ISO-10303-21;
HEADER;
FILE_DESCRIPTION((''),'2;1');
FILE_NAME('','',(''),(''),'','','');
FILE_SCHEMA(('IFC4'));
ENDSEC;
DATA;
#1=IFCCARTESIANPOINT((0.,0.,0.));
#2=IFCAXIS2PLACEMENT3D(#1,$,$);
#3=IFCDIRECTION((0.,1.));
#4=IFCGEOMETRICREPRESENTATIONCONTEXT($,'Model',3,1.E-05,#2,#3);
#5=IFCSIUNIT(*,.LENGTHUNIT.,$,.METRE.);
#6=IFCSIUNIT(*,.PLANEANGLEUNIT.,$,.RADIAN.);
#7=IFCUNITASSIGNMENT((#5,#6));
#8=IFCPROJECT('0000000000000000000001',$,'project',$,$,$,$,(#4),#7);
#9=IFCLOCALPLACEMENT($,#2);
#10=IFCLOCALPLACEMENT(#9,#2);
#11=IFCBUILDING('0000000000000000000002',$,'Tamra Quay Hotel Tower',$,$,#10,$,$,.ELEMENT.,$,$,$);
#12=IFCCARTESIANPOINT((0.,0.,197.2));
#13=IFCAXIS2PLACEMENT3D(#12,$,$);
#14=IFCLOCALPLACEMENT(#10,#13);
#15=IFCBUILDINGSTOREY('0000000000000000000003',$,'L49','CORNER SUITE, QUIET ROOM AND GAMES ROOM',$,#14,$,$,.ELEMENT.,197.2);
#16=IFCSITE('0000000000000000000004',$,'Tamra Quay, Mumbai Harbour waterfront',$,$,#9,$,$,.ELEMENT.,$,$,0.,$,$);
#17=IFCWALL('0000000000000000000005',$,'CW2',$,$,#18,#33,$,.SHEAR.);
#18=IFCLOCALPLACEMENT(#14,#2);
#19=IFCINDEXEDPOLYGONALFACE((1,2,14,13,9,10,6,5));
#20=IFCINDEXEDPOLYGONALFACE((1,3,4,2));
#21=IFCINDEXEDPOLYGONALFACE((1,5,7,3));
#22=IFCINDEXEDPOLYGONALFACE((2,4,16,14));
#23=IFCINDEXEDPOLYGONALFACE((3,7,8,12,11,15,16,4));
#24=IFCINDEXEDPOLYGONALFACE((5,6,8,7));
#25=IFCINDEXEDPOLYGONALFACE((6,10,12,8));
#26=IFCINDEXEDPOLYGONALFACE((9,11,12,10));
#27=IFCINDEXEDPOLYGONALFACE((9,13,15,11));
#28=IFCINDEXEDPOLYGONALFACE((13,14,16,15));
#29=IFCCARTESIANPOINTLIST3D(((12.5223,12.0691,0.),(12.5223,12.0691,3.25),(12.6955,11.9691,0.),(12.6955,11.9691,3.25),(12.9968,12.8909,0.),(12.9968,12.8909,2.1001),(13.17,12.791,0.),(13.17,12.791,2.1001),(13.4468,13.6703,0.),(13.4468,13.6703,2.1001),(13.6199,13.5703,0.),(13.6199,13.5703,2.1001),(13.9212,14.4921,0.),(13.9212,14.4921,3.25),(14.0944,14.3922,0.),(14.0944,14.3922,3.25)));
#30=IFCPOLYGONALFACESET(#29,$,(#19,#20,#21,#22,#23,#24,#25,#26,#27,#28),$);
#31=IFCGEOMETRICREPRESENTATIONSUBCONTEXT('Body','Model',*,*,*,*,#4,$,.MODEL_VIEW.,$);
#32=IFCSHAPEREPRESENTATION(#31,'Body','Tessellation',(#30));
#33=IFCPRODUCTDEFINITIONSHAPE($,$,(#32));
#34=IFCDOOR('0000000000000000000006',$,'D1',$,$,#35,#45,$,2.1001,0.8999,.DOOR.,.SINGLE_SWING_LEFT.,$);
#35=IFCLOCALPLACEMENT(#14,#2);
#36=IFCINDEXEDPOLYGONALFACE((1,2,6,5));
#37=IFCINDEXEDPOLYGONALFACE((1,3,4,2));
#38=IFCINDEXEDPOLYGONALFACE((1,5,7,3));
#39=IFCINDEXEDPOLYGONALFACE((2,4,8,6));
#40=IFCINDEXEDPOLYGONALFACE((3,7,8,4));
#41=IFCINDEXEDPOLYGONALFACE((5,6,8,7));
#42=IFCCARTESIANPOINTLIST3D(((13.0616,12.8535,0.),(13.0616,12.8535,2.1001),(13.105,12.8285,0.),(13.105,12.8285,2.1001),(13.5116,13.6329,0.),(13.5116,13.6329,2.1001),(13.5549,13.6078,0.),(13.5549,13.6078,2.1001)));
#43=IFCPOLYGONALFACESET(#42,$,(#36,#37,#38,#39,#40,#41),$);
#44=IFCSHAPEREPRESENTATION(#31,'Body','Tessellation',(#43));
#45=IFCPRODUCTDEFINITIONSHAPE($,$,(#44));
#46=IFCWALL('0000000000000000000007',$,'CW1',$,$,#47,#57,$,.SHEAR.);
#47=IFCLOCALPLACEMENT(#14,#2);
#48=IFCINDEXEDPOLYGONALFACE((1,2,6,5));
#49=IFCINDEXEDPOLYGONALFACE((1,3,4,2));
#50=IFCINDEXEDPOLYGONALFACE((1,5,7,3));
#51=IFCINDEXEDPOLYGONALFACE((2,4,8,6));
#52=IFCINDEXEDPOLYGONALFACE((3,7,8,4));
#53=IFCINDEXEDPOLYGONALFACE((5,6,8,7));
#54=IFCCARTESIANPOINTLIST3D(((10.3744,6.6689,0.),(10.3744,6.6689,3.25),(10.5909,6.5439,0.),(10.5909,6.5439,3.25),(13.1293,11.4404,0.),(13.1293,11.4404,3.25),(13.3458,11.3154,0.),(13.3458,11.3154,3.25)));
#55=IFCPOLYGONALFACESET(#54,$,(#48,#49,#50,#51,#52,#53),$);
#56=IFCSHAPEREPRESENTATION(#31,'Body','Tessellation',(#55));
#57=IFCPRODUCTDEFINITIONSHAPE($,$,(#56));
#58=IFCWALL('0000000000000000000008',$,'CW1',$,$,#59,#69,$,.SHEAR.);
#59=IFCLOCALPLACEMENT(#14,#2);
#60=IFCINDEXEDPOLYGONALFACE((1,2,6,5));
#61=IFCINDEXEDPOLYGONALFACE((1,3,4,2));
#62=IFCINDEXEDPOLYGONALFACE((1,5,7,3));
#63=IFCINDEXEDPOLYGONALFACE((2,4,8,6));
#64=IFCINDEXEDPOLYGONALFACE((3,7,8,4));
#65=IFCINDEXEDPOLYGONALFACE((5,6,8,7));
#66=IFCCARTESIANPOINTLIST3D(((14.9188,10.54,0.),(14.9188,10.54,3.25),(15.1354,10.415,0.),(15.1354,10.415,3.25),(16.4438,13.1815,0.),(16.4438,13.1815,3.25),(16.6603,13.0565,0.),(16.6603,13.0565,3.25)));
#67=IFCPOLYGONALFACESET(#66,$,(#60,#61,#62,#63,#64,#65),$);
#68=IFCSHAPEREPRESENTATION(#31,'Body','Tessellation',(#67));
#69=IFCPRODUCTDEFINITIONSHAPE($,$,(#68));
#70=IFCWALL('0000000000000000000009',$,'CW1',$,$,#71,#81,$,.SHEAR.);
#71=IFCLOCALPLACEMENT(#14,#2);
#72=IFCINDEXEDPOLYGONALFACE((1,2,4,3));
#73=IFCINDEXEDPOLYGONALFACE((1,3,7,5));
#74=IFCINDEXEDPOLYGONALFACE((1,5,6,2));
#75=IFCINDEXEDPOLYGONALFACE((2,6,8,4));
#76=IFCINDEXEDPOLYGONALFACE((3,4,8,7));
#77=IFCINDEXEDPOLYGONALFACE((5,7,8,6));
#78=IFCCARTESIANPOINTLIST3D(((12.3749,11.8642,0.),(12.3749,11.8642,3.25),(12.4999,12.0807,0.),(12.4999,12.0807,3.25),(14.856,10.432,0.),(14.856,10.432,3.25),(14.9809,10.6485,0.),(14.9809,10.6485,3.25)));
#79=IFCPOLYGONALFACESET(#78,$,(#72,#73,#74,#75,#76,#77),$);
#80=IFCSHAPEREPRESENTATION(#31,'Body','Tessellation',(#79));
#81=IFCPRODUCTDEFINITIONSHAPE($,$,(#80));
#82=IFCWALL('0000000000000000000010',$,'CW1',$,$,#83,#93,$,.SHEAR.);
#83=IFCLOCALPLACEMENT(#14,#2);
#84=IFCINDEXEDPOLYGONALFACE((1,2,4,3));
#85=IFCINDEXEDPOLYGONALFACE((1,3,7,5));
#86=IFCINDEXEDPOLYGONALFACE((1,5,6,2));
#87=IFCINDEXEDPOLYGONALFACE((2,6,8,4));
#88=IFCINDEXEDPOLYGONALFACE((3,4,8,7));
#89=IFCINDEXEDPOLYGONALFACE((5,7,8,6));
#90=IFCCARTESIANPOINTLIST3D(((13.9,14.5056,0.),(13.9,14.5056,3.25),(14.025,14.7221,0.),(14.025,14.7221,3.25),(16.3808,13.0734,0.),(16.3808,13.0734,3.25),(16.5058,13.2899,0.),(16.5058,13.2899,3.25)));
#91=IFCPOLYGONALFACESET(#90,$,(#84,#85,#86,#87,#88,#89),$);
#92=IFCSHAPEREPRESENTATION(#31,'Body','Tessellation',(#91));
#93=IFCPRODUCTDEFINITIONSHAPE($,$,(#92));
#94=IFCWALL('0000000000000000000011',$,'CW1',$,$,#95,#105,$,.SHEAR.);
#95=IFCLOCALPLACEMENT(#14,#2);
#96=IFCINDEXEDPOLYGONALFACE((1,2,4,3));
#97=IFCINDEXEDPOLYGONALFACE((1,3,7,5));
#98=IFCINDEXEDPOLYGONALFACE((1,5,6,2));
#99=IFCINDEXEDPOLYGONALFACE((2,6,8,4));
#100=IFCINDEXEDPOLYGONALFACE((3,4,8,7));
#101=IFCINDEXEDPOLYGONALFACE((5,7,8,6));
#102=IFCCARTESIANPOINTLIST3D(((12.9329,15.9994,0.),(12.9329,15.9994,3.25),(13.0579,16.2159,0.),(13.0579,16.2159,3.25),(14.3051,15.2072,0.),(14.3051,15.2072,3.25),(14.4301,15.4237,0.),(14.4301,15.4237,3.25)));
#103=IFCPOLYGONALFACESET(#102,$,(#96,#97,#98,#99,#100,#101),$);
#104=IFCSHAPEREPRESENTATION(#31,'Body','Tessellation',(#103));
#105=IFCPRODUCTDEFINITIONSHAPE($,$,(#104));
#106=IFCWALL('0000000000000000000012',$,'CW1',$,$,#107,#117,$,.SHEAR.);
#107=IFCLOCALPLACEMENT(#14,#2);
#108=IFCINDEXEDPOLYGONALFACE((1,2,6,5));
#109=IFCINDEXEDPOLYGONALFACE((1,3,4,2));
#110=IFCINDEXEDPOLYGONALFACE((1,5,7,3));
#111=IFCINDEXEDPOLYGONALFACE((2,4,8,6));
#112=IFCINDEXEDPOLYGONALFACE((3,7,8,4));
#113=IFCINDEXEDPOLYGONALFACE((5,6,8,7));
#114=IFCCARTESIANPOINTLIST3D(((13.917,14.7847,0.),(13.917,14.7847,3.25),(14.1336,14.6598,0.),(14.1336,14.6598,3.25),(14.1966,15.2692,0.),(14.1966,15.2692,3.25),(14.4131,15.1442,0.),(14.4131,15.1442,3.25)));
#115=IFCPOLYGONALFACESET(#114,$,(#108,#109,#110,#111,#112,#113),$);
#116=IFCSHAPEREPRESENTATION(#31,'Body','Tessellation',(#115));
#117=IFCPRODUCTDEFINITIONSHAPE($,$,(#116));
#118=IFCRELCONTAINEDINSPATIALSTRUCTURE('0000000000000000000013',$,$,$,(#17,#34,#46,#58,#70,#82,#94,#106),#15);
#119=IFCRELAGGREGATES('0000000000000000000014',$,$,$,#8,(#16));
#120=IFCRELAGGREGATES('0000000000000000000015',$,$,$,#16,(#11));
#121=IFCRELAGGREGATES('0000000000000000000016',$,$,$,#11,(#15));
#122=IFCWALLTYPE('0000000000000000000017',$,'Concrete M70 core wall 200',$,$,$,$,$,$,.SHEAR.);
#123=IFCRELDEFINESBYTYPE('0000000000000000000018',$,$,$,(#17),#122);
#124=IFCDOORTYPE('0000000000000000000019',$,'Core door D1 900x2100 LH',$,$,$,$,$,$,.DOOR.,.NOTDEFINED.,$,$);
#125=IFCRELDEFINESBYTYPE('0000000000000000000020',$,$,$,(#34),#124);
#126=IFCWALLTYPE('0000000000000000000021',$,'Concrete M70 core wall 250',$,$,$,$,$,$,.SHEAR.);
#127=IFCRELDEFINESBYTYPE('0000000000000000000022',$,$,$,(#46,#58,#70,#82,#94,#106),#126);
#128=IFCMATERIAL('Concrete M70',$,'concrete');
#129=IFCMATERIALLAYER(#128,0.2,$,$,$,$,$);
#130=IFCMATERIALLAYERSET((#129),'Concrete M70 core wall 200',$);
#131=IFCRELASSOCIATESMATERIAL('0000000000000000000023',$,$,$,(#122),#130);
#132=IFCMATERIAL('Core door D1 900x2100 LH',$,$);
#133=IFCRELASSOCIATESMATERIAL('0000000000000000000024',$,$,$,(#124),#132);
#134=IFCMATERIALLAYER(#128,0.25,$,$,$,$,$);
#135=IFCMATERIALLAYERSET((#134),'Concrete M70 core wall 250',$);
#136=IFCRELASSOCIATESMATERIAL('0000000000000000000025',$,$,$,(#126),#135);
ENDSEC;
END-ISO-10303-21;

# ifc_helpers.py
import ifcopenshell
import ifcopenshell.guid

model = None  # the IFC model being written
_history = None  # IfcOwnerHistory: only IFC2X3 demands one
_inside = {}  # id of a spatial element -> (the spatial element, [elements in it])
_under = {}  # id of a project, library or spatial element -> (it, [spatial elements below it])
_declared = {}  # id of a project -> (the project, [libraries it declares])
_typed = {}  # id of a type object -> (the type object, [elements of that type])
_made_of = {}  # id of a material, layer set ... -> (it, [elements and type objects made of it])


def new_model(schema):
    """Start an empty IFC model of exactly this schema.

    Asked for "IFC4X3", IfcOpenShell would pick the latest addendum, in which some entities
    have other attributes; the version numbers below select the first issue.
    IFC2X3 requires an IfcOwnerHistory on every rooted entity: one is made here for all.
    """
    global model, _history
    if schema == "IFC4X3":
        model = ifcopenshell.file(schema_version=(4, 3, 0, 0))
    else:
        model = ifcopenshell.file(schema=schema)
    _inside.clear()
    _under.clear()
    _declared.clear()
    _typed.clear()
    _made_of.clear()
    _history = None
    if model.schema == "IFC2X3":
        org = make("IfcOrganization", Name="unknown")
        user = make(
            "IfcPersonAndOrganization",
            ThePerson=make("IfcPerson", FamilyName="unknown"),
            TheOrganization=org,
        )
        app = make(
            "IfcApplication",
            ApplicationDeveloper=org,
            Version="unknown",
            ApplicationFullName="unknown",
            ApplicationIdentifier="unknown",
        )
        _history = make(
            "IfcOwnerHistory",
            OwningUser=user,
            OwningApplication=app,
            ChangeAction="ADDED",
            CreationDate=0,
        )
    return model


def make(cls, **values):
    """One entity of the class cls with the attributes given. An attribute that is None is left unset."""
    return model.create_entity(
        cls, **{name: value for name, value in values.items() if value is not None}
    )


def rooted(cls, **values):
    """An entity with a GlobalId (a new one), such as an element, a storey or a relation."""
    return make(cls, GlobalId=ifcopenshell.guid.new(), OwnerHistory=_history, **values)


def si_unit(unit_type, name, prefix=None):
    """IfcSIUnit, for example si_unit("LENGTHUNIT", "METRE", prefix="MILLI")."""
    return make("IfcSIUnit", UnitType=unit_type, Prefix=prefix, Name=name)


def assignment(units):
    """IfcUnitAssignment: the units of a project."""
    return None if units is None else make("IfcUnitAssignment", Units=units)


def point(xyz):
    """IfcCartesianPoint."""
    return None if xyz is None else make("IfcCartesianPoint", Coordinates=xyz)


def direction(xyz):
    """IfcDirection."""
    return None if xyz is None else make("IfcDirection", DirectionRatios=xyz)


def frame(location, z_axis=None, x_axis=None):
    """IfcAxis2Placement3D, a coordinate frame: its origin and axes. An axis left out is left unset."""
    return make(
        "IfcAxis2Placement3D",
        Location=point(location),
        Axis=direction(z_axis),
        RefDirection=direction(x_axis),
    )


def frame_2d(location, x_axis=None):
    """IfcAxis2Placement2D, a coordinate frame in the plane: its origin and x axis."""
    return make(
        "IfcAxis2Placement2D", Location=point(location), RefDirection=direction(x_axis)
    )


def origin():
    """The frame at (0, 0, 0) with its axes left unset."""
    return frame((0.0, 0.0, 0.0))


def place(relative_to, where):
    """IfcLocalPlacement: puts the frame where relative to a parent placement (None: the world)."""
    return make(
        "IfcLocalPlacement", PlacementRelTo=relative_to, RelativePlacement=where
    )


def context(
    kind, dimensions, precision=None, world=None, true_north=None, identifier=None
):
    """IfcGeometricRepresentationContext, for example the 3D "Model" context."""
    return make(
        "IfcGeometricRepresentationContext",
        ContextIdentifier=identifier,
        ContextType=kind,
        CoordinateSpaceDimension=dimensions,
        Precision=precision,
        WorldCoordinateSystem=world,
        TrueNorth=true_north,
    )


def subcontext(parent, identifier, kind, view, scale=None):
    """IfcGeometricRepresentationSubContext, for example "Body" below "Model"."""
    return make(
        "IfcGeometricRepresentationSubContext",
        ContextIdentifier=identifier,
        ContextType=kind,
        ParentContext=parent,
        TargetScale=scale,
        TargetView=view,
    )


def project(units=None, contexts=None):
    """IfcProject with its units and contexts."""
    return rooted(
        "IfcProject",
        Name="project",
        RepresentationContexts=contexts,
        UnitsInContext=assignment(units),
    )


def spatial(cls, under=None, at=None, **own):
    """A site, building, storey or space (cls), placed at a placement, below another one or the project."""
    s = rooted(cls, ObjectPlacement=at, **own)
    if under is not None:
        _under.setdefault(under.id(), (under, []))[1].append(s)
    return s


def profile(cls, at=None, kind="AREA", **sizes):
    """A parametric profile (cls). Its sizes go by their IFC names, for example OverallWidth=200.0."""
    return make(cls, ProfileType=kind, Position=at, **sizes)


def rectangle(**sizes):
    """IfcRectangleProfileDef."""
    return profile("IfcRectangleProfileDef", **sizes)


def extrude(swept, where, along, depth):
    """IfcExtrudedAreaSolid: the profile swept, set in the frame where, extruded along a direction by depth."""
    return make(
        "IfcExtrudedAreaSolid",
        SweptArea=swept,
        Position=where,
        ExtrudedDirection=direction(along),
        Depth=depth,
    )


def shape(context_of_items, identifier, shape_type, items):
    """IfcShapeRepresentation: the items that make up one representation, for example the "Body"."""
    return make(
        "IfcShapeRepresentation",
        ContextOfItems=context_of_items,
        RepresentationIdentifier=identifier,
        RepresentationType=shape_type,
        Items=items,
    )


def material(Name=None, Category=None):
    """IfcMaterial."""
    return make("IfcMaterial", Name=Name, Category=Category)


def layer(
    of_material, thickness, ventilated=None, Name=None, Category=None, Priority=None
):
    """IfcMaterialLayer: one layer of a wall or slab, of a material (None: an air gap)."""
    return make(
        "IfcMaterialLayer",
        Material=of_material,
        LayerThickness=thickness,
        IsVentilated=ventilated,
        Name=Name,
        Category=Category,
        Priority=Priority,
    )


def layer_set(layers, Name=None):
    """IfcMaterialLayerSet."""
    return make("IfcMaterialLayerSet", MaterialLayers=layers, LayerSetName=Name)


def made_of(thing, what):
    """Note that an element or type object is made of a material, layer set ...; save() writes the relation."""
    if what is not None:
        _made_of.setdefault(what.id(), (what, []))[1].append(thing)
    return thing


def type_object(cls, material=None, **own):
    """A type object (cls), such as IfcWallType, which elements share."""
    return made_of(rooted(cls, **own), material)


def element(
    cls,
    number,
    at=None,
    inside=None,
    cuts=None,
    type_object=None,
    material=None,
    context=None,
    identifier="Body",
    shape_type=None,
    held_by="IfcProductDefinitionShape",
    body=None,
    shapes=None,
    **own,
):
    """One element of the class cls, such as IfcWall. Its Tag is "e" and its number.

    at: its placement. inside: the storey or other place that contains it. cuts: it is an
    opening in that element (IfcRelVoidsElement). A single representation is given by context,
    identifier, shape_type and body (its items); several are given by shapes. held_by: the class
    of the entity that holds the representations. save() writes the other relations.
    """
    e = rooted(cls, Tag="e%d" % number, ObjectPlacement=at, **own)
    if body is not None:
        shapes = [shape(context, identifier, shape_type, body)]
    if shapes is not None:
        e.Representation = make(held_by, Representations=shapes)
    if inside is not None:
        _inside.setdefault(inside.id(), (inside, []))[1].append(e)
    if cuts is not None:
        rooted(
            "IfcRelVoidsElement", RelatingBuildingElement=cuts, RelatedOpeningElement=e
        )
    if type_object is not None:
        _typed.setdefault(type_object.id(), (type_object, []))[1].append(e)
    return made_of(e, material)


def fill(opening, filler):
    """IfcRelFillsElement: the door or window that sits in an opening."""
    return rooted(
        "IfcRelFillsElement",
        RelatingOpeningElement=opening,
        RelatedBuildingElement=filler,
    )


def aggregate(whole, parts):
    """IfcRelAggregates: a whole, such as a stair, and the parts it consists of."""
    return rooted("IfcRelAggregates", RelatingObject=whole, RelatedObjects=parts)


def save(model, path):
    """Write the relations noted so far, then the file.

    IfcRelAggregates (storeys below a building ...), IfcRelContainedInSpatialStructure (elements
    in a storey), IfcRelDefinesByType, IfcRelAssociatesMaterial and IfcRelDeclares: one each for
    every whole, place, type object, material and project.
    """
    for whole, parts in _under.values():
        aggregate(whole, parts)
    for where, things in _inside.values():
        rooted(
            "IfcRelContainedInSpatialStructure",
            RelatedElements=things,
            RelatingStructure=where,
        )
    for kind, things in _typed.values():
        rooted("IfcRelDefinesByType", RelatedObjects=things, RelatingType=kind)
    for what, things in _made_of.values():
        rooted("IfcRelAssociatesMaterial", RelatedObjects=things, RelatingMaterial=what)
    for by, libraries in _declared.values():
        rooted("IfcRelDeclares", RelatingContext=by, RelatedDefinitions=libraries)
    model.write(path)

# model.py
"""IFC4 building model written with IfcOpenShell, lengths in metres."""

from ifc_helpers import new_model, si_unit, direction, frame, frame_2d, origin, place, context, subcontext, project, spatial, rectangle, extrude, material, layer, layer_set, type_object, element, fill, save


model = new_model("IFC4")

# Units and contexts
model_context = context("Model", 3, precision=1e-05, world=origin(), true_north=direction((0.0, 1.0)))
body_context = subcontext(model_context, "Body", "Model", "MODEL_VIEW")
ifc_project = project(units=[si_unit("LENGTHUNIT", "METRE"), si_unit("PLANEANGLEUNIT", "RADIAN")], contexts=[model_context])

# Site, building, storey
site_placement = place(None, origin())
site = spatial("IfcSite", under=ifc_project, at=site_placement, Name="Tamra Quay, Mumbai Harbour waterfront", CompositionType="ELEMENT", RefElevation=0.0)
building_placement = place(site_placement, origin())
building = spatial("IfcBuilding", under=site, at=building_placement, Name="Tamra Quay Hotel Tower", CompositionType="ELEMENT")
storey_placement = place(building_placement, frame((0.0, 0.0, 197.2)))
storey = spatial("IfcBuildingStorey", under=building, at=storey_placement, Name="L49", Description="CORNER SUITE, QUIET ROOM AND GAMES ROOM", CompositionType="ELEMENT", Elevation=197.2)

# Shared definitions
ifc_material_1 = material(Name="Concrete M70", Category="concrete")

# Wall, opening, door
ifc_layer_1 = layer(ifc_material_1, 0.2)
ifc_layer_set_1 = layer_set([ifc_layer_1], Name="Concrete M70 core wall 200")
wall_type_1 = type_object("IfcWallType", Name="Concrete M70 core wall 200", PredefinedType="SHEAR", material=ifc_layer_set_1)
wall_1_placement = place(storey_placement, frame((14.0078, 14.4421, 0.0), z_axis=(0.0, 0.0, 1.0), x_axis=(-0.499987, -0.866033, 0.0)))
wall_1 = element("IfcWall", 1, at=wall_1_placement, inside=storey, type_object=wall_type_1, Name="CW2", PredefinedType="SHEAR", context=body_context, shape_type="SweptSolid", body=[
    extrude(rectangle(XDim=2.7979, YDim=0.2, at=frame_2d((1.3989, 0.0))), origin(), (0.0, 0.0, 1.0), 3.25),
])
opening_placement = place(wall_1_placement, frame((0.949, 0.0, 0.0)))
opening = element("IfcOpeningElement", 2, at=opening_placement, cuts=wall_1, PredefinedType="OPENING", context=body_context, shape_type="SweptSolid", body=[
    extrude(rectangle(XDim=0.8999, YDim=2.1001, at=frame_2d((0.45, 1.05))), frame((0.0, 0.1099, 0.0), z_axis=(0.0, -1.0, 0.0), x_axis=(1.0, 0.0, 0.0)), (0.0, 0.0, 1.0), 0.22),
])
ifc_material_2 = material(Name="Core door D1 900x2100 LH")
door_type = type_object("IfcDoorType", Name="Core door D1 900x2100 LH", OperationType="NOTDEFINED", PredefinedType="DOOR", material=ifc_material_2)
door_placement = place(opening_placement, origin())
door = element("IfcDoor", 3, at=door_placement, inside=storey, type_object=door_type, Name="D1", OperationType="SINGLE_SWING_LEFT", OverallHeight=2.1001, OverallWidth=0.8999, PredefinedType="DOOR", context=body_context, shape_type="SweptSolid", body=[
    extrude(rectangle(XDim=0.8999, YDim=2.1001, at=frame_2d((0.45, 1.05))), frame((0.0, 0.0249, 0.0), z_axis=(0.0, -1.0, 0.0), x_axis=(1.0, 0.0, 0.0)), (0.0, 0.0, 1.0), 0.05),
])
fill(opening, door)

# Walls
ifc_layer_2 = layer(ifc_material_1, 0.25)
ifc_layer_set_2 = layer_set([ifc_layer_2], Name="Concrete M70 core wall 250")
wall_type_2 = type_object("IfcWallType", Name="Concrete M70 core wall 250", PredefinedType="SHEAR", material=ifc_layer_set_2)
wall_2_placement = place(storey_placement, frame((13.2375, 11.3779, 0.0), z_axis=(0.0, 0.0, 1.0), x_axis=(-0.500009, -0.86602, 0.0)))
element("IfcWall", 4, at=wall_2_placement, inside=storey, type_object=wall_type_2, Name="CW1", PredefinedType="SHEAR", context=body_context, shape_type="SweptSolid", body=[
    extrude(rectangle(XDim=5.5098, YDim=0.25, at=frame_2d((2.7549, 0.0))), origin(), (0.0, 0.0, 1.0), 3.25),
])
wall_3_placement = place(storey_placement, frame((16.552, 13.1189, 0.0), z_axis=(0.0, 0.0, 1.0), x_axis=(-0.499979, -0.866038, 0.0)))
element("IfcWall", 5, at=wall_3_placement, inside=storey, type_object=wall_type_2, Name="CW1", PredefinedType="SHEAR", context=body_context, shape_type="SweptSolid", body=[
    extrude(rectangle(XDim=3.05, YDim=0.25, at=frame_2d((1.5249, 0.0))), origin(), (0.0, 0.0, 1.0), 3.25),
])
wall_4_placement = place(storey_placement, frame((14.9185, 10.5403, 0.0), z_axis=(0.0, 0.0, 1.0), x_axis=(-0.866064, 0.499934, 0.0)))
element("IfcWall", 6, at=wall_4_placement, inside=storey, type_object=wall_type_2, Name="CW1", PredefinedType="SHEAR", context=body_context, shape_type="SweptSolid", body=[
    extrude(rectangle(XDim=2.8647, YDim=0.25, at=frame_2d((1.4324, 0.0))), origin(), (0.0, 0.0, 1.0), 3.25),
])
wall_5_placement = place(storey_placement, frame((13.9626, 14.6138, 0.0), z_axis=(0.0, 0.0, 1.0), x_axis=(0.866042, -0.499971, 0.0)))
element("IfcWall", 7, at=wall_5_placement, inside=storey, type_object=wall_type_2, Name="CW1", PredefinedType="SHEAR", context=body_context, shape_type="SweptSolid", body=[
    extrude(rectangle(XDim=2.8645, YDim=0.25, at=frame_2d((1.4321, 0.0))), origin(), (0.0, 0.0, 1.0), 3.25),
])
wall_6_placement = place(storey_placement, frame((12.9954, 16.1077, 0.0), z_axis=(0.0, 0.0, 1.0), x_axis=(0.866044, -0.499967, 0.0)))
element("IfcWall", 8, at=wall_6_placement, inside=storey, type_object=wall_type_2, Name="CW1", PredefinedType="SHEAR", context=body_context, shape_type="SweptSolid", body=[
    extrude(rectangle(XDim=1.5845, YDim=0.25, at=frame_2d((0.7922, 0.0))), origin(), (0.0, 0.0, 1.0), 3.25),
])
wall_7_placement = place(storey_placement, frame((14.3049, 15.2068, 0.0), z_axis=(0.0, 0.0, 1.0), x_axis=(-0.499848, -0.866113, 0.0)))
element("IfcWall", 9, at=wall_7_placement, inside=storey, type_object=wall_type_2, Name="CW1", PredefinedType="SHEAR", context=body_context, shape_type="SweptSolid", body=[
    extrude(rectangle(XDim=0.5593, YDim=0.25, at=frame_2d((0.2798, 0.0))), origin(), (0.0, 0.0, 1.0), 3.25),
])

save(model, "model.ifc")
